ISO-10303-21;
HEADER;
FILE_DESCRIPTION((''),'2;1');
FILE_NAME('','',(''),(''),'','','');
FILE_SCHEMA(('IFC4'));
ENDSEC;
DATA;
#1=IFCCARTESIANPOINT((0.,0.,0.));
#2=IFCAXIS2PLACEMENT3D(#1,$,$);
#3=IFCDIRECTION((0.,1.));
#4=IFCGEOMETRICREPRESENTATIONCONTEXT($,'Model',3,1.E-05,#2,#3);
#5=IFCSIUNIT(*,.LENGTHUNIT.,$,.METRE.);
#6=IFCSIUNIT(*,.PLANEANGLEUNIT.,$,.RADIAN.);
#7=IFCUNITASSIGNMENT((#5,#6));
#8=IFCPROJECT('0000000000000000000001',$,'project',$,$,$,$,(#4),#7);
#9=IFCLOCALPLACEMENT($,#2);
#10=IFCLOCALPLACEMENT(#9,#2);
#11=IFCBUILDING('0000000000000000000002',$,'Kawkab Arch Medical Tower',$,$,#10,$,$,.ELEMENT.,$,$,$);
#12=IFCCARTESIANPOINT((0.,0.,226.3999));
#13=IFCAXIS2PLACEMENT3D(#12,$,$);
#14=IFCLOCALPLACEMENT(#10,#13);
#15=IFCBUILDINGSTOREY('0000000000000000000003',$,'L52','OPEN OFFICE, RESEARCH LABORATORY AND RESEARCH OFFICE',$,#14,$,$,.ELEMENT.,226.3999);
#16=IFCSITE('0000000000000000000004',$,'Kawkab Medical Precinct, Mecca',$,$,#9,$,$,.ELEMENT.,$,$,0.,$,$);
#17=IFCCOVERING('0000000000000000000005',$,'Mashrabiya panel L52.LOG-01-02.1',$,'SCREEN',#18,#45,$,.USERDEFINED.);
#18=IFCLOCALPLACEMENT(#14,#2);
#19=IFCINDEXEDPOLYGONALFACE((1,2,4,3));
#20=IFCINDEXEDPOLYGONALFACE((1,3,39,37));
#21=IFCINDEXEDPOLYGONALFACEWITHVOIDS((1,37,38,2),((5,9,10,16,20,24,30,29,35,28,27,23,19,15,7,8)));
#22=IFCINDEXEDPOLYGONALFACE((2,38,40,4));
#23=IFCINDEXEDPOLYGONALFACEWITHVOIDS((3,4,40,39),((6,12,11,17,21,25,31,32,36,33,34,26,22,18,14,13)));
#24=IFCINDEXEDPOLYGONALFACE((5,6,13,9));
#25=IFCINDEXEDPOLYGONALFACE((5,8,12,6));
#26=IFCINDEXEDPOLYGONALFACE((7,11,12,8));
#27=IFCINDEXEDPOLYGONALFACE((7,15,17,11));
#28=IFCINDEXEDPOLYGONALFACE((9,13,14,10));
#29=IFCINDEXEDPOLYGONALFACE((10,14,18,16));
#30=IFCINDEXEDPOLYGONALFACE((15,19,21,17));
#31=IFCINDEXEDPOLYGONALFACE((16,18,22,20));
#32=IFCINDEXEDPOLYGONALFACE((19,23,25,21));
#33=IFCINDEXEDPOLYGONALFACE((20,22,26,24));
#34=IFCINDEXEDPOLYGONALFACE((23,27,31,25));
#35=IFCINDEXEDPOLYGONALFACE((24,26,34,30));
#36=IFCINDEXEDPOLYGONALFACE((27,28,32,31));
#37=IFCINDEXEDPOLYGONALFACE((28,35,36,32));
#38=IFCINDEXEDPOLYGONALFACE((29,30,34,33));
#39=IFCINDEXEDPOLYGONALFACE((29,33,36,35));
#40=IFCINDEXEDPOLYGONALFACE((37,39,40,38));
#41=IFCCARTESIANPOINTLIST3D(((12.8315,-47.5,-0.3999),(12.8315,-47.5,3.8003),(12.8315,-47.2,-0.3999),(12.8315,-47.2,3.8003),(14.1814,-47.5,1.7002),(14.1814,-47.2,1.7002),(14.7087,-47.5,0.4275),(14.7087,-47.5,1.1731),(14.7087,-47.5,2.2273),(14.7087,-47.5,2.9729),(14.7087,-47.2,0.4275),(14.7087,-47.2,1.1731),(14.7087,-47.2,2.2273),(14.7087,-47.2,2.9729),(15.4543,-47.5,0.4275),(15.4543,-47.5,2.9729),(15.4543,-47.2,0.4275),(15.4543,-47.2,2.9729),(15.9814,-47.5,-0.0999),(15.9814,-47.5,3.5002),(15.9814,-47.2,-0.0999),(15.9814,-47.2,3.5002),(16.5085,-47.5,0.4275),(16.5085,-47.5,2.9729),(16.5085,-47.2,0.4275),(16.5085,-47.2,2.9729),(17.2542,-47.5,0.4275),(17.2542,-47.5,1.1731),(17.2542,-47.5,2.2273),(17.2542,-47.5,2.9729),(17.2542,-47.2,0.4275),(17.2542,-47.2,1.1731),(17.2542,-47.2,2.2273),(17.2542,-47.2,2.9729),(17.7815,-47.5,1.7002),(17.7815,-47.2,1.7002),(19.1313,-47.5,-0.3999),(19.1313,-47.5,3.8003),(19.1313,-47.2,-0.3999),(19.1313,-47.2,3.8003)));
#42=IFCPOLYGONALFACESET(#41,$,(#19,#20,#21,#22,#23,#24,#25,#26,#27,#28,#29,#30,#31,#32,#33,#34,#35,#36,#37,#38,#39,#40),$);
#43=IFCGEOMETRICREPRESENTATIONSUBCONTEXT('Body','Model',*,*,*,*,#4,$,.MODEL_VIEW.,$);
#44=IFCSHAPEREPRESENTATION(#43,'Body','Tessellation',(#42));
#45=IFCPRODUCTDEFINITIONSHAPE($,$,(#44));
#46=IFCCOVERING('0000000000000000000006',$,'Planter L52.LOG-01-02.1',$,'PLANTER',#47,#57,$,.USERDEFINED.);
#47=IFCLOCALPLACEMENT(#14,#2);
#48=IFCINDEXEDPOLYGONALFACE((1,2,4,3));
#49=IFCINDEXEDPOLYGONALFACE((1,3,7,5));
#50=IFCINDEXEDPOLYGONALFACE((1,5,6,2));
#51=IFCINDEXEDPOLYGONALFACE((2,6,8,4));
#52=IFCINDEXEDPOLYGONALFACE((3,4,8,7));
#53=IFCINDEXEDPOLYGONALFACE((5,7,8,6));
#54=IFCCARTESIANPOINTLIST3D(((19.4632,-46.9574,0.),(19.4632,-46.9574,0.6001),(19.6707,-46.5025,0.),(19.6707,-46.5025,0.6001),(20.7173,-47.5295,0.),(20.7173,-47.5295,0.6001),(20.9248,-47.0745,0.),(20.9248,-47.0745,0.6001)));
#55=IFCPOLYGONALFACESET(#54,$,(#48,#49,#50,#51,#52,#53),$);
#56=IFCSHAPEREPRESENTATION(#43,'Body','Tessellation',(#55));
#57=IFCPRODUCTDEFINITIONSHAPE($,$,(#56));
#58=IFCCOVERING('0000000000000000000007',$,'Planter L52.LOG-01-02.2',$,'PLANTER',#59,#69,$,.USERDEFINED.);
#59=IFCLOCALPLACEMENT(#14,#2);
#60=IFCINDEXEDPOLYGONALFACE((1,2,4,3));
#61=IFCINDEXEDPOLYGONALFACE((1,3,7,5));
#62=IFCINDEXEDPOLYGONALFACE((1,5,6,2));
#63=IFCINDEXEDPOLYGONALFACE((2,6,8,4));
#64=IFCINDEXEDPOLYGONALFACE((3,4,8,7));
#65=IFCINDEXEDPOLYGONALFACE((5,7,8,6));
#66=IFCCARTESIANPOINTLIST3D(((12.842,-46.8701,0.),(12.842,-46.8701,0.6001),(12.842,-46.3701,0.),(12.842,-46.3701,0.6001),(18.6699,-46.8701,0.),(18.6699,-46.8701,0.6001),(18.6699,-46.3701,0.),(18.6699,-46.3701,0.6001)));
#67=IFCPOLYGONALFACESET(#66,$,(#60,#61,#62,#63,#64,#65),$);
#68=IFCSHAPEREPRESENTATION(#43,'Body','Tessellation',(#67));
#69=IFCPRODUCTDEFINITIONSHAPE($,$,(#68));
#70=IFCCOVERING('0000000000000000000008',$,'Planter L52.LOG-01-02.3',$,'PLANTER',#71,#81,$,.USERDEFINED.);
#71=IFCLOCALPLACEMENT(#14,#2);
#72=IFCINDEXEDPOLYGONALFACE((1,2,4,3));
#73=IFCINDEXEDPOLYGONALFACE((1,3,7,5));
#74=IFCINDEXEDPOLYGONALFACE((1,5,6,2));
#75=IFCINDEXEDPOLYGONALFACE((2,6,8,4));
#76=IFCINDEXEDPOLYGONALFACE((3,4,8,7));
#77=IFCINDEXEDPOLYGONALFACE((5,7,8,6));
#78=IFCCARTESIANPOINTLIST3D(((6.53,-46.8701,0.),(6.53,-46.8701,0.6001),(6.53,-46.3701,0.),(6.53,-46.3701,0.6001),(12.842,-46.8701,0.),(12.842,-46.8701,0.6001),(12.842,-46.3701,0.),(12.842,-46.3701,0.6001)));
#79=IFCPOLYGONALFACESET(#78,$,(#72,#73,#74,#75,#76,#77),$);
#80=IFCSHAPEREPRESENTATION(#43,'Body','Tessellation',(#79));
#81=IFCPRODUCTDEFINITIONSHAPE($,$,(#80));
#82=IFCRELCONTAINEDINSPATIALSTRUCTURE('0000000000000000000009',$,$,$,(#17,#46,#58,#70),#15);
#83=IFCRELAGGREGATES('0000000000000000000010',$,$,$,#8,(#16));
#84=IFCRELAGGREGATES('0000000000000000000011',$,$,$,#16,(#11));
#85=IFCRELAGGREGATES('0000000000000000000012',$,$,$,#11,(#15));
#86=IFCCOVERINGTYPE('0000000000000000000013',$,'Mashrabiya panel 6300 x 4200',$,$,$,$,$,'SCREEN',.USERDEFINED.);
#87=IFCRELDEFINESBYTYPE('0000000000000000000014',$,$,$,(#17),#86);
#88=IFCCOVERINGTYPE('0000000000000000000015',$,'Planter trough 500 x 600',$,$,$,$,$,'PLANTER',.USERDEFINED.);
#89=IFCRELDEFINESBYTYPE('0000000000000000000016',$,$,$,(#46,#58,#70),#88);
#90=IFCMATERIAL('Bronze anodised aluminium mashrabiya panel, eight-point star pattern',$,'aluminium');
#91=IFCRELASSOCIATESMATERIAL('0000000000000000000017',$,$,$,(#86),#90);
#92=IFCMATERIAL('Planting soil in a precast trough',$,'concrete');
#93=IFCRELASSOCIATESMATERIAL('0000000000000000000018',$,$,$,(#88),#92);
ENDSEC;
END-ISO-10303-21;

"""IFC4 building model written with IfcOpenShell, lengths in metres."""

from ifc_helpers import new_model, si_unit, direction, frame, origin, origin_2d, place, context, subcontext, project, spatial, polyline, rectangle, outline, extrude, material, material_profile, profile_set, type_object, element, save


model = new_model("IFC4")

# Units and contexts
model_context = context("Model", 3, precision=1e-05, world=origin(), true_north=direction((0.0, 1.0)))
body_context = subcontext(model_context, "Body", "Model", "MODEL_VIEW")
ifc_project = project(units=[si_unit("LENGTHUNIT", "METRE"), si_unit("PLANEANGLEUNIT", "RADIAN")], contexts=[model_context])

# Site, building, storey
site_placement = place(None, origin())
site = spatial("IfcSite", under=ifc_project, at=site_placement, Name="Kawkab Medical Precinct, Mecca", CompositionType="ELEMENT", RefElevation=0.0)
building_placement = place(site_placement, origin())
building = spatial("IfcBuilding", under=site, at=building_placement, Name="Kawkab Arch Medical Tower", CompositionType="ELEMENT")
storey_placement = place(building_placement, frame((0.0, 0.0, 226.3999)))
storey = spatial("IfcBuildingStorey", under=building, at=storey_placement, Name="L52", Description="OPEN OFFICE, RESEARCH LABORATORY AND RESEARCH OFFICE", CompositionType="ELEMENT", Elevation=226.3999)

# Coverings
ifc_material_1 = material(Name="Bronze anodised aluminium mashrabiya panel, eight-point star pattern", Category="aluminium")
ifc_material_profile_1 = material_profile(ifc_material_1, outline(polyline([(-3.1499, -2.1001), (3.1499, -2.1001), (3.1499, 2.1001), (-3.1499, 2.1001), (-3.1499, -2.1001)]), holes=[polyline([(1.8, 0.0), (1.2727, 0.5271), (1.2727, 1.2727), (0.5271, 1.2727), (0.0, 1.8), (-0.5271, 1.2727), (-1.2727, 1.2727), (-1.2727, 0.5271), (-1.8, 0.0), (-1.2727, -0.5271), (-1.2727, -1.2727), (-0.5271, -1.2727), (0.0, -1.8), (0.5271, -1.2727), (1.2727, -1.2727), (1.2727, -0.5271), (1.8, 0.0)])]), Name="Mashrabiya panel 6300x4200")
ifc_profile_set_1 = profile_set([ifc_material_profile_1], Name="Bronze anodised aluminium mashrabiya panel, eight-point star pattern")
covering_type_1 = type_object("IfcCoveringType", Name="Mashrabiya panel 6300 x 4200", ElementType="SCREEN", PredefinedType="USERDEFINED", material=ifc_profile_set_1)
covering_1_placement = place(storey_placement, frame((15.9814, -47.2, 1.7002), z_axis=(0.0, -1.0, 0.0), x_axis=(1.0, 0.0, 0.0)))
element("IfcCovering", 1, at=covering_1_placement, inside=storey, type_object=covering_type_1, Name="Mashrabiya panel L52.LOG-01-02.1", ObjectType="SCREEN", PredefinedType="USERDEFINED", context=body_context, shape_type="SweptSolid", body=[
    extrude(outline(polyline([(-3.1499, -2.1001), (3.1499, -2.1001), (3.1499, 2.1001), (-3.1499, 2.1001), (-3.1499, -2.1001)]), holes=[polyline([(1.8, 0.0), (1.2727, 0.5271), (1.2727, 1.2727), (0.5271, 1.2727), (0.0, 1.8), (-0.5271, 1.2727), (-1.2727, 1.2727), (-1.2727, 0.5271), (-1.8, 0.0), (-1.2727, -0.5271), (-1.2727, -1.2727), (-0.5271, -1.2727), (0.0, -1.8), (0.5271, -1.2727), (1.2727, -1.2727), (1.2727, -0.5271), (1.8, 0.0)])]), origin(), (0.0, 0.0, 1.0), 0.3),
])
ifc_material_2 = material(Name="Planting soil in a precast trough", Category="concrete")
ifc_material_profile_2 = material_profile(ifc_material_2, rectangle(XDim=0.5, YDim=0.6001, at=origin_2d()), Name="Trough 500x600")
ifc_profile_set_2 = profile_set([ifc_material_profile_2], Name="Planting soil in a precast trough")
covering_type_2 = type_object("IfcCoveringType", Name="Planter trough 500 x 600", ElementType="PLANTER", PredefinedType="USERDEFINED", material=ifc_profile_set_2)
covering_2_placement = place(storey_placement, frame((20.821, -47.302, 0.3), z_axis=(-0.909832, 0.414977, 0.0), x_axis=(-0.414977, -0.909832, 0.0)))
element("IfcCovering", 2, at=covering_2_placement, inside=storey, type_object=covering_type_2, Name="Planter L52.LOG-01-02.1", ObjectType="PLANTER", PredefinedType="USERDEFINED", context=body_context, shape_type="SweptSolid", body=[
    extrude(rectangle(XDim=0.5, YDim=0.6001, at=origin_2d()), origin(), (0.0, 0.0, 1.0), 1.3784),
])
covering_3_placement = place(storey_placement, frame((18.6699, -46.6201, 0.3), z_axis=(-1.0, 0.0, 0.0), x_axis=(0.0, -1.0, 0.0)))
element("IfcCovering", 3, at=covering_3_placement, inside=storey, type_object=covering_type_2, Name="Planter L52.LOG-01-02.2", ObjectType="PLANTER", PredefinedType="USERDEFINED", context=body_context, shape_type="SweptSolid", body=[
    extrude(rectangle(XDim=0.5, YDim=0.6001, at=origin_2d()), origin(), (0.0, 0.0, 1.0), 5.8279),
])
covering_4_placement = place(storey_placement, frame((12.842, -46.6201, 0.3), z_axis=(-1.0, 0.0, 0.0), x_axis=(0.0, -1.0, 0.0)))
element("IfcCovering", 4, at=covering_4_placement, inside=storey, type_object=covering_type_2, Name="Planter L52.LOG-01-02.3", ObjectType="PLANTER", PredefinedType="USERDEFINED", context=body_context, shape_type="SweptSolid", body=[
    extrude(rectangle(XDim=0.5, YDim=0.6001, at=origin_2d()), origin(), (0.0, 0.0, 1.0), 6.312),
])

save(model, "model.ifc")
